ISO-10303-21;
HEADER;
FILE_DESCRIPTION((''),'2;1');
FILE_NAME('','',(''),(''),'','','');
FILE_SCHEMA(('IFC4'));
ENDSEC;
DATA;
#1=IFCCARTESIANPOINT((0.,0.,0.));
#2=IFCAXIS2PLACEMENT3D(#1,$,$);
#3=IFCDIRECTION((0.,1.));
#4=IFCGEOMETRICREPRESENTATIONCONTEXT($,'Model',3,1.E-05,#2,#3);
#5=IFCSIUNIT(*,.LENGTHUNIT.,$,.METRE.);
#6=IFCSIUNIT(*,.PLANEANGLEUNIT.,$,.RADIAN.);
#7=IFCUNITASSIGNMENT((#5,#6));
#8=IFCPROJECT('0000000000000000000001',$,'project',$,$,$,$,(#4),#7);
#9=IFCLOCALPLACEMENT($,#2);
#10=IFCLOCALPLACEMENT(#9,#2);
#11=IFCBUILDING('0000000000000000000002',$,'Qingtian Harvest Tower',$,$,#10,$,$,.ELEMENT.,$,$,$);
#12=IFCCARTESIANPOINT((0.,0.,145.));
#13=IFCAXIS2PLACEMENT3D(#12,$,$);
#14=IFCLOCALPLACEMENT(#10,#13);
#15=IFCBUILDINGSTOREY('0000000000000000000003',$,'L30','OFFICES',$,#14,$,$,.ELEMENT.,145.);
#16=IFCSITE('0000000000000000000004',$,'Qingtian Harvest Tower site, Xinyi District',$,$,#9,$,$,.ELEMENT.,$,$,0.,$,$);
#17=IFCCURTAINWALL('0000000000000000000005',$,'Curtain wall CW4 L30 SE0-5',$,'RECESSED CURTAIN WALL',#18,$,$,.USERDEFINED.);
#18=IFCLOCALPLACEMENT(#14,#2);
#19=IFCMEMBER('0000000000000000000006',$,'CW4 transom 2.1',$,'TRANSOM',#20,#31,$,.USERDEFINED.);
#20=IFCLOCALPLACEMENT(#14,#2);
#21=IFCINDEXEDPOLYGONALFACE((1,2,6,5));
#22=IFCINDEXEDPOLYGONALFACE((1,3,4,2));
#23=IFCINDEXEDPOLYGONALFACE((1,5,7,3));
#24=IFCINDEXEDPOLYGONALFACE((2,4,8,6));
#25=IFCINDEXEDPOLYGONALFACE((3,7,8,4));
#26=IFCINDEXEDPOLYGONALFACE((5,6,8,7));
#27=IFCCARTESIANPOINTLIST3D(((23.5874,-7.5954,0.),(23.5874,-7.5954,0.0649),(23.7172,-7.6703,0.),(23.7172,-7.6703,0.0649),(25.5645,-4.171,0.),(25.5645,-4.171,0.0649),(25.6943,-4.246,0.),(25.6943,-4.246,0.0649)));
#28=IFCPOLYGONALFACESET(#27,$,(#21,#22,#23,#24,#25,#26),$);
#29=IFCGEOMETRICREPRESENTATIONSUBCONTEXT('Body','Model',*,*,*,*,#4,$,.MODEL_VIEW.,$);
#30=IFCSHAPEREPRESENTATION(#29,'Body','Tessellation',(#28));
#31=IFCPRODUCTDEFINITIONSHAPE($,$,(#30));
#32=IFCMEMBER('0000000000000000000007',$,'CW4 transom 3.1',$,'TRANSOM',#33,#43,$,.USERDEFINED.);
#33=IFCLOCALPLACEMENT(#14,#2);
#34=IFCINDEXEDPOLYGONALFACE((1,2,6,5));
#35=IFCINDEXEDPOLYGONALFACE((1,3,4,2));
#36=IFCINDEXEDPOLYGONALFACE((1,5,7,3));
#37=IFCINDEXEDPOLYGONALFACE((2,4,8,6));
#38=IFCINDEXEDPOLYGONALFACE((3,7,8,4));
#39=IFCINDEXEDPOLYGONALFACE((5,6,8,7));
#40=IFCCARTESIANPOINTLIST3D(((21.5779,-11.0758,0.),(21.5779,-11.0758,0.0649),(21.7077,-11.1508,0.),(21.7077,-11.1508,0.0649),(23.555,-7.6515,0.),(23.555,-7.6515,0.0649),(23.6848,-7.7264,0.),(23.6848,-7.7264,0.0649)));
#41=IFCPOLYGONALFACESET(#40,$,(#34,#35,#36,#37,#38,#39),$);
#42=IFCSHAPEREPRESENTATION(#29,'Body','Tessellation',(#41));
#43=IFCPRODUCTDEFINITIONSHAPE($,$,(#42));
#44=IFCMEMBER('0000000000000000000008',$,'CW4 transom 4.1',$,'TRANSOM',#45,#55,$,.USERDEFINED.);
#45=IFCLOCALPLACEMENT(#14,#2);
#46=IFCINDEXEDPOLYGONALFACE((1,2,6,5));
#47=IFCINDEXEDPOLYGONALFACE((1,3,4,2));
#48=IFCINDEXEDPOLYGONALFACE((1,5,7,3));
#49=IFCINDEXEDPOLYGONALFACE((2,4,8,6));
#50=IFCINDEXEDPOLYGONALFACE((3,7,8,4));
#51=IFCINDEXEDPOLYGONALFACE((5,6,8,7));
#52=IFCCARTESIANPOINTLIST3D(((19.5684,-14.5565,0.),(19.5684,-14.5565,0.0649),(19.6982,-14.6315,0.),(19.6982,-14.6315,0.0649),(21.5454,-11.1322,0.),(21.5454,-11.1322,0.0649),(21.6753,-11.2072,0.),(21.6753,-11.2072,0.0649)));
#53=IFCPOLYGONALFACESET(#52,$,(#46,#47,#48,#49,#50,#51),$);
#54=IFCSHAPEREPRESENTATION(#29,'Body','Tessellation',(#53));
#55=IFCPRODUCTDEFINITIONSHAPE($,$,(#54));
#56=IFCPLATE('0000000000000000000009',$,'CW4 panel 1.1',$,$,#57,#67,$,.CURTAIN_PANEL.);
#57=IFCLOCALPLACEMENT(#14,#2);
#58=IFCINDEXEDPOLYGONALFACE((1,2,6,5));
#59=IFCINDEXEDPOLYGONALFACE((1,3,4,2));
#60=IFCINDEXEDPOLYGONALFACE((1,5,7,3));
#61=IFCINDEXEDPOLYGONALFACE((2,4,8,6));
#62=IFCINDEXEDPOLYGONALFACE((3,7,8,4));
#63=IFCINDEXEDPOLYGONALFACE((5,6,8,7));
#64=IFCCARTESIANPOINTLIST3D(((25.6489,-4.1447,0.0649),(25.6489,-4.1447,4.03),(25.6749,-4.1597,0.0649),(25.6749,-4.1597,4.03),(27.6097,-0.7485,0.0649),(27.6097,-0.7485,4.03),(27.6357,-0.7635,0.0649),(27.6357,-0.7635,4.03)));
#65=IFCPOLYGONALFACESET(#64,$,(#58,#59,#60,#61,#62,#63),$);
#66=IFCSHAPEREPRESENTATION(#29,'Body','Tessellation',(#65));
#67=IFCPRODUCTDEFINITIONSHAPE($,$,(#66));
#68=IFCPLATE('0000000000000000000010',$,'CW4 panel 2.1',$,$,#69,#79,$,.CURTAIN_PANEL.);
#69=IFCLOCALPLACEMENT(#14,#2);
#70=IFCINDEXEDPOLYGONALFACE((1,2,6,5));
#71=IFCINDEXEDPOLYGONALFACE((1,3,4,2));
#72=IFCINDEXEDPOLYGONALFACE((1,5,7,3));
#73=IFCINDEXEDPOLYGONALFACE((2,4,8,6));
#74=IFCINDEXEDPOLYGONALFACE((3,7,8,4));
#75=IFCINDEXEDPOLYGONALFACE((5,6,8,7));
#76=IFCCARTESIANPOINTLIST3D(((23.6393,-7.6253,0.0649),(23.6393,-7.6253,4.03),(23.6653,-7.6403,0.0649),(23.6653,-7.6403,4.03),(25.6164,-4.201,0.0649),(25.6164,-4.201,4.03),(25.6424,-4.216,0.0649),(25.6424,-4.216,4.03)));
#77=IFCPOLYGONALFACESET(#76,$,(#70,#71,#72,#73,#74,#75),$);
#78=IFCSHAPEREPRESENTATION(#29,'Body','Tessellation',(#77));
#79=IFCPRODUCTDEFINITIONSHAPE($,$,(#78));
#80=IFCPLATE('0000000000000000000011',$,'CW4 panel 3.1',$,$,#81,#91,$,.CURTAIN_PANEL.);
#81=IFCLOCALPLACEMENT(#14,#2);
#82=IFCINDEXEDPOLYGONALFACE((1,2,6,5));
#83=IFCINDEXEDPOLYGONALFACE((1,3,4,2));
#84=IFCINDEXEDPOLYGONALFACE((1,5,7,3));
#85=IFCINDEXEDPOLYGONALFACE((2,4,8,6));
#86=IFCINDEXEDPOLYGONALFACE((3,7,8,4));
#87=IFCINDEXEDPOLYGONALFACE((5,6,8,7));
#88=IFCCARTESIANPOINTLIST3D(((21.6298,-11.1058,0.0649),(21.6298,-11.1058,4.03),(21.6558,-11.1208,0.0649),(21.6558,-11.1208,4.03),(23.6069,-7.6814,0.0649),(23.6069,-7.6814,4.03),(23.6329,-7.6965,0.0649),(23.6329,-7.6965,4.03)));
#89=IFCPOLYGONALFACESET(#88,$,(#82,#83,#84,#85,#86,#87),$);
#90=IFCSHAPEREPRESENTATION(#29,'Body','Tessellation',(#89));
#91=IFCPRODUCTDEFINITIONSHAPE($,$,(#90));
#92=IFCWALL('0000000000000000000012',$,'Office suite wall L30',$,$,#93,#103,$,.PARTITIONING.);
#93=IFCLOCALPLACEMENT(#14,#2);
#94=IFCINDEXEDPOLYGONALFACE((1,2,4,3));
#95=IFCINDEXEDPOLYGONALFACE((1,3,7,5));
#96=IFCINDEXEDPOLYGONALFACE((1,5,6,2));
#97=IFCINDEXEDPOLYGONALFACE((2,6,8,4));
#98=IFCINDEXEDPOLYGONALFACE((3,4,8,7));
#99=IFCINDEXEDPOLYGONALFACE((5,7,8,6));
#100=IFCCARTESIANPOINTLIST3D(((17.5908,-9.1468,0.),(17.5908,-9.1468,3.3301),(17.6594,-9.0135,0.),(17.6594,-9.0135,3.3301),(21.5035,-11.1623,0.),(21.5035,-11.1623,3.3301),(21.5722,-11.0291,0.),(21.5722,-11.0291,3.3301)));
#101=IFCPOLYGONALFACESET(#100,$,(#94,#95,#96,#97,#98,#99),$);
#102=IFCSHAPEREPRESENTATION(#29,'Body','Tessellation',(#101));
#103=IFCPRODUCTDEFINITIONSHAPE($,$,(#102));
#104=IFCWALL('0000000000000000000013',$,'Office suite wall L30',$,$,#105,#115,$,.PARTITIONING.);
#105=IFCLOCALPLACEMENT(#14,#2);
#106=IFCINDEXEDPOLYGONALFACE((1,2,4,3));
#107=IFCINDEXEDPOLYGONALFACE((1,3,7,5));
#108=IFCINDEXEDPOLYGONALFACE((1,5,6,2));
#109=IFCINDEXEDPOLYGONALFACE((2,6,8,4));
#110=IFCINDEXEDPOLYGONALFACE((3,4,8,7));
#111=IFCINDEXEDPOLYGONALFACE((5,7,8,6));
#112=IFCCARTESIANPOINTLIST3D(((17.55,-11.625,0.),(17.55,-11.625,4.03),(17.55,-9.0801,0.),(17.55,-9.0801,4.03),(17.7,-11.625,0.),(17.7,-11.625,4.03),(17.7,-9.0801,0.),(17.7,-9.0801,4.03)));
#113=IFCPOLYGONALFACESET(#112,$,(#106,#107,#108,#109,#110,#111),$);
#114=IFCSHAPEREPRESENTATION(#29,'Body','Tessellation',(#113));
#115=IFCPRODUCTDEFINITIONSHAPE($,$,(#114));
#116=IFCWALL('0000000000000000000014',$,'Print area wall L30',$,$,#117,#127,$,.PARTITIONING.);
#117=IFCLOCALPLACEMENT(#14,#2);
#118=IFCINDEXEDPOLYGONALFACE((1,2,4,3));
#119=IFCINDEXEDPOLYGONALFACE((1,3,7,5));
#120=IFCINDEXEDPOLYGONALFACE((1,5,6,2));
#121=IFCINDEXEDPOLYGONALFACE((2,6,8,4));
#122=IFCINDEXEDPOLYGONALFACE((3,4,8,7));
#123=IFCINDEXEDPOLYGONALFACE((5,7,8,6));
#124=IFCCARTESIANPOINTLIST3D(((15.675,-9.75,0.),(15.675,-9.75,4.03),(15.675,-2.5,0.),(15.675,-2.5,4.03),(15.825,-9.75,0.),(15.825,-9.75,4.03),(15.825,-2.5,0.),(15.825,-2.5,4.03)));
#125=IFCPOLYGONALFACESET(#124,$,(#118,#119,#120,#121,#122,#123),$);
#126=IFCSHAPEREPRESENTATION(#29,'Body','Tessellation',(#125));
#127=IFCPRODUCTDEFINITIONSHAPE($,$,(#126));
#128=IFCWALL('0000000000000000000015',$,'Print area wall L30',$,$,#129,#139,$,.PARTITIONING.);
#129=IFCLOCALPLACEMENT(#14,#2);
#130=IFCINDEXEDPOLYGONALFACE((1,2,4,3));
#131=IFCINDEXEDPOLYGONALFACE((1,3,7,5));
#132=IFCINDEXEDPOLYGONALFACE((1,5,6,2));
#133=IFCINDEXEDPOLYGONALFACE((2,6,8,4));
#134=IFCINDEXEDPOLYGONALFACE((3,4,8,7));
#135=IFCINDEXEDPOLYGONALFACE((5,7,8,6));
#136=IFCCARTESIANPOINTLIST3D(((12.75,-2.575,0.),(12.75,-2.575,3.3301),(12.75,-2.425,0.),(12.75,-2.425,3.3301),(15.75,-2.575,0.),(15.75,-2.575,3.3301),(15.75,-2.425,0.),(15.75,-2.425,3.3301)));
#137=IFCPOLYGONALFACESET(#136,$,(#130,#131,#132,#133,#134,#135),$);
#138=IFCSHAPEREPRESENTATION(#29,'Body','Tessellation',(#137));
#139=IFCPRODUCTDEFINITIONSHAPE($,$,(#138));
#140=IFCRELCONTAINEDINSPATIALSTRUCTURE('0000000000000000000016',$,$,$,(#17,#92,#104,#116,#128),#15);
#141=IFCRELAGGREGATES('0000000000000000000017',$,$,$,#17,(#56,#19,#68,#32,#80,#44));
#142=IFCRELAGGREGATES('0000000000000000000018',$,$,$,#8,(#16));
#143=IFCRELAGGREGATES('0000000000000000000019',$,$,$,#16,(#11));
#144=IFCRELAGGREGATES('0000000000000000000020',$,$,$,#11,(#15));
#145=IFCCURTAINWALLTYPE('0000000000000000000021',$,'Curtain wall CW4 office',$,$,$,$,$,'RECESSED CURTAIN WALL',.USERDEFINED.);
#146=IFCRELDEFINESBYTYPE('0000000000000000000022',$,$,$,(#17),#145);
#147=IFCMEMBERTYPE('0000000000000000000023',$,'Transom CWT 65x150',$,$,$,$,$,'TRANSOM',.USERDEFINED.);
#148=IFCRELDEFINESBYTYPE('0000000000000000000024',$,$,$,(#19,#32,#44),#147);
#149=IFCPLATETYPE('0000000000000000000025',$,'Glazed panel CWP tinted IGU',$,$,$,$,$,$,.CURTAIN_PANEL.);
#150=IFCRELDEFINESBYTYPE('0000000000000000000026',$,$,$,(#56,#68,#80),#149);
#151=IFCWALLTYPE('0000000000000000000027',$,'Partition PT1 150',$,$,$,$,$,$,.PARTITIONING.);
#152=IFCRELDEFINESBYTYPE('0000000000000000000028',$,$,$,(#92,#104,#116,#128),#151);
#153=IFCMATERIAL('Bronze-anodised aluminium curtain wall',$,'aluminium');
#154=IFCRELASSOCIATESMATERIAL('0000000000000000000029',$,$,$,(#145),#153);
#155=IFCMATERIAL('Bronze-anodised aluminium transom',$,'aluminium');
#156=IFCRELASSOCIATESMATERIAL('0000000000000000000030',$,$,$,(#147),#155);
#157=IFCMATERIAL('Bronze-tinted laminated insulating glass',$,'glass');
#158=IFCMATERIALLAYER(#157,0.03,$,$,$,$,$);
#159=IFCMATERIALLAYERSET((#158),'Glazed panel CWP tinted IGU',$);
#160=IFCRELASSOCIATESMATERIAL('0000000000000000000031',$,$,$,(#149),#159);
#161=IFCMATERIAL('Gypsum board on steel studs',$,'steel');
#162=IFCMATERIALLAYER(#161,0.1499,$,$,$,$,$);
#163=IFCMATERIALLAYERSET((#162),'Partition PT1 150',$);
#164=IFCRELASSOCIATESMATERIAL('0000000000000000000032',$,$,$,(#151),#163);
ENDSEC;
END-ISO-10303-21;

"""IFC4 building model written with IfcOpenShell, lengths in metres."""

from ifc_helpers import new_model, si_unit, direction, frame, frame_2d, origin, origin_2d, place, context, subcontext, project, spatial, rectangle, extrude, material, layer, layer_set, material_profile, profile_set, type_object, element, aggregate, save


model = new_model("IFC4")

# Units and contexts
model_context = context("Model", 3, precision=1e-05, world=origin(), true_north=direction((0.0, 1.0)))
body_context = subcontext(model_context, "Body", "Model", "MODEL_VIEW")
ifc_project = project(units=[si_unit("LENGTHUNIT", "METRE"), si_unit("PLANEANGLEUNIT", "RADIAN")], contexts=[model_context])

# Site, building, storey
site_placement = place(None, origin())
site = spatial("IfcSite", under=ifc_project, at=site_placement, Name="Qingtian Harvest Tower site, Xinyi District", CompositionType="ELEMENT", RefElevation=0.0)
building_placement = place(site_placement, origin())
building = spatial("IfcBuilding", under=site, at=building_placement, Name="Qingtian Harvest Tower", CompositionType="ELEMENT")
storey_placement = place(building_placement, frame((0.0, 0.0, 145.0)))
storey = spatial("IfcBuildingStorey", under=building, at=storey_placement, Name="L30", Description="OFFICES", CompositionType="ELEMENT", Elevation=145.0)

# Shared definitions
ifc_material_1 = material(Name="Bronze-anodised aluminium curtain wall", Category="aluminium")
curtain_wall_type = type_object("IfcCurtainWallType", Name="Curtain wall CW4 office", ElementType="RECESSED CURTAIN WALL", PredefinedType="USERDEFINED", material=ifc_material_1)

# Curtain wall
curtain_wall_1_placement = place(storey_placement, origin())
curtain_wall_1 = element("IfcCurtainWall", 1, at=curtain_wall_1_placement, inside=storey, type_object=curtain_wall_type, Name="Curtain wall CW4 L30 SE0-5", ObjectType="RECESSED CURTAIN WALL", PredefinedType="USERDEFINED")

# Members
ifc_material_2 = material(Name="Bronze-anodised aluminium transom", Category="aluminium")
ifc_material_profile_1 = material_profile(ifc_material_2, rectangle(XDim=0.1499, YDim=0.0649, at=origin_2d()), Name="AL 65x150")
ifc_profile_set_1 = profile_set([ifc_material_profile_1], Name="Bronze-anodised aluminium transom")
member_type_1 = type_object("IfcMemberType", Name="Transom CWT 65x150", ElementType="TRANSOM", PredefinedType="USERDEFINED", material=ifc_profile_set_1)
member_1_placement = place(storey_placement, frame((25.6294, -4.2085, 0.0325), z_axis=(-0.500004, -0.866023, 0.0), x_axis=(0.866023, -0.500004, 0.0)))
member_1 = element("IfcMember", 2, at=member_1_placement, type_object=member_type_1, Name="CW4 transom 2.1", ObjectType="TRANSOM", PredefinedType="USERDEFINED", context=body_context, shape_type="SweptSolid", body=[
    extrude(rectangle(XDim=0.1499, YDim=0.0649, at=origin_2d()), origin(), (0.0, 0.0, 1.0), 3.9541),
])
member_2_placement = place(storey_placement, frame((23.6199, -7.689, 0.0325), z_axis=(-0.500004, -0.866023, 0.0), x_axis=(0.866023, -0.500004, 0.0)))
member_2 = element("IfcMember", 3, at=member_2_placement, type_object=member_type_1, Name="CW4 transom 3.1", ObjectType="TRANSOM", PredefinedType="USERDEFINED", context=body_context, shape_type="SweptSolid", body=[
    extrude(rectangle(XDim=0.1499, YDim=0.0649, at=origin_2d()), origin(), (0.0, 0.0, 1.0), 3.9541),
])
member_3_placement = place(storey_placement, frame((21.6104, -11.1697, 0.0325), z_axis=(-0.500004, -0.866023, 0.0), x_axis=(0.866023, -0.500004, 0.0)))
member_3 = element("IfcMember", 4, at=member_3_placement, type_object=member_type_1, Name="CW4 transom 4.1", ObjectType="TRANSOM", PredefinedType="USERDEFINED", context=body_context, shape_type="SweptSolid", body=[
    extrude(rectangle(XDim=0.1499, YDim=0.0649, at=origin_2d()), origin(), (0.0, 0.0, 1.0), 3.9541),
])

# Plates
ifc_material_3 = material(Name="Bronze-tinted laminated insulating glass", Category="glass")
ifc_layer_1 = layer(ifc_material_3, 0.03)
ifc_layer_set_1 = layer_set([ifc_layer_1], Name="Glazed panel CWP tinted IGU")
plate_type = type_object("IfcPlateType", Name="Glazed panel CWP tinted IGU", PredefinedType="CURTAIN_PANEL", material=ifc_layer_set_1)
plate_1_placement = place(storey_placement, frame((26.6423, -2.4541, 0.0649), z_axis=(0.0, 0.0, 1.0), x_axis=(-0.5, -0.866025, 0.0)))
plate_1 = element("IfcPlate", 5, at=plate_1_placement, type_object=plate_type, Name="CW4 panel 1.1", PredefinedType="CURTAIN_PANEL", context=body_context, shape_type="SweptSolid", body=[
    extrude(rectangle(XDim=3.9216, YDim=0.03, at=origin_2d()), origin(), (0.0, 0.0, 1.0), 3.9651),
])
plate_2_placement = place(storey_placement, frame((24.6409, -5.9207, 0.0649), z_axis=(0.0, 0.0, 1.0), x_axis=(-0.5, -0.866025, 0.0)))
plate_2 = element("IfcPlate", 6, at=plate_2_placement, type_object=plate_type, Name="CW4 panel 2.1", PredefinedType="CURTAIN_PANEL", context=body_context, shape_type="SweptSolid", body=[
    extrude(rectangle(XDim=3.9541, YDim=0.03, at=origin_2d()), origin(), (0.0, 0.0, 1.0), 3.9651),
])
plate_3_placement = place(storey_placement, frame((22.6313, -9.4011, 0.0649), z_axis=(0.0, 0.0, 1.0), x_axis=(-0.5, -0.866025, 0.0)))
plate_3 = element("IfcPlate", 7, at=plate_3_placement, type_object=plate_type, Name="CW4 panel 3.1", PredefinedType="CURTAIN_PANEL", context=body_context, shape_type="SweptSolid", body=[
    extrude(rectangle(XDim=3.9541, YDim=0.03, at=origin_2d()), origin(), (0.0, 0.0, 1.0), 3.9651),
])
aggregate(curtain_wall_1, [plate_1, member_1, plate_2, member_2, plate_3, member_3])

# Walls
ifc_material_4 = material(Name="Gypsum board on steel studs", Category="steel")
ifc_layer_2 = layer(ifc_material_4, 0.1499)
ifc_layer_set_2 = layer_set([ifc_layer_2], Name="Partition PT1 150")
wall_type = type_object("IfcWallType", Name="Partition PT1 150", PredefinedType="PARTITIONING", material=ifc_layer_set_2)
wall_1_placement = place(storey_placement, frame((21.5378, -11.0957, 0.0), z_axis=(0.0, 0.0, 1.0), x_axis=(-0.888982, 0.457942, 0.0)))
element("IfcWall", 8, at=wall_1_placement, inside=storey, type_object=wall_type, Name="Office suite wall L30", PredefinedType="PARTITIONING", context=body_context, shape_type="SweptSolid", body=[
    extrude(rectangle(XDim=4.4014, YDim=0.1499, at=frame_2d((2.2007, 0.0))), origin(), (0.0, 0.0, 1.0), 3.3301),
])
wall_2_placement = place(storey_placement, frame((17.625, -9.0801, 0.0), z_axis=(0.0, 0.0, 1.0), x_axis=(0.0, -1.0, 0.0)))
element("IfcWall", 9, at=wall_2_placement, inside=storey, type_object=wall_type, Name="Office suite wall L30", PredefinedType="PARTITIONING", context=body_context, shape_type="SweptSolid", body=[
    extrude(rectangle(XDim=2.5449, YDim=0.1499, at=frame_2d((1.2725, 0.0))), origin(), (0.0, 0.0, 1.0), 4.03),
])
wall_3_placement = place(storey_placement, frame((15.75, -9.75, 0.0), z_axis=(0.0, 0.0, 1.0), x_axis=(0.0, 1.0, 0.0)))
element("IfcWall", 10, at=wall_3_placement, inside=storey, type_object=wall_type, Name="Print area wall L30", PredefinedType="PARTITIONING", context=body_context, shape_type="SweptSolid", body=[
    extrude(rectangle(XDim=7.25, YDim=0.1499, at=frame_2d((3.625, 0.0))), origin(), (0.0, 0.0, 1.0), 4.03),
])
wall_4_placement = place(storey_placement, frame((12.75, -2.5, 0.0), z_axis=(0.0, 0.0, 1.0), x_axis=(1.0, 0.0, 0.0)))
element("IfcWall", 11, at=wall_4_placement, inside=storey, type_object=wall_type, Name="Print area wall L30", PredefinedType="PARTITIONING", context=body_context, shape_type="SweptSolid", body=[
    extrude(rectangle(XDim=3.0, YDim=0.1499, at=frame_2d((1.5, 0.0))), origin(), (0.0, 0.0, 1.0), 3.3301),
])

save(model, "model.ifc")
